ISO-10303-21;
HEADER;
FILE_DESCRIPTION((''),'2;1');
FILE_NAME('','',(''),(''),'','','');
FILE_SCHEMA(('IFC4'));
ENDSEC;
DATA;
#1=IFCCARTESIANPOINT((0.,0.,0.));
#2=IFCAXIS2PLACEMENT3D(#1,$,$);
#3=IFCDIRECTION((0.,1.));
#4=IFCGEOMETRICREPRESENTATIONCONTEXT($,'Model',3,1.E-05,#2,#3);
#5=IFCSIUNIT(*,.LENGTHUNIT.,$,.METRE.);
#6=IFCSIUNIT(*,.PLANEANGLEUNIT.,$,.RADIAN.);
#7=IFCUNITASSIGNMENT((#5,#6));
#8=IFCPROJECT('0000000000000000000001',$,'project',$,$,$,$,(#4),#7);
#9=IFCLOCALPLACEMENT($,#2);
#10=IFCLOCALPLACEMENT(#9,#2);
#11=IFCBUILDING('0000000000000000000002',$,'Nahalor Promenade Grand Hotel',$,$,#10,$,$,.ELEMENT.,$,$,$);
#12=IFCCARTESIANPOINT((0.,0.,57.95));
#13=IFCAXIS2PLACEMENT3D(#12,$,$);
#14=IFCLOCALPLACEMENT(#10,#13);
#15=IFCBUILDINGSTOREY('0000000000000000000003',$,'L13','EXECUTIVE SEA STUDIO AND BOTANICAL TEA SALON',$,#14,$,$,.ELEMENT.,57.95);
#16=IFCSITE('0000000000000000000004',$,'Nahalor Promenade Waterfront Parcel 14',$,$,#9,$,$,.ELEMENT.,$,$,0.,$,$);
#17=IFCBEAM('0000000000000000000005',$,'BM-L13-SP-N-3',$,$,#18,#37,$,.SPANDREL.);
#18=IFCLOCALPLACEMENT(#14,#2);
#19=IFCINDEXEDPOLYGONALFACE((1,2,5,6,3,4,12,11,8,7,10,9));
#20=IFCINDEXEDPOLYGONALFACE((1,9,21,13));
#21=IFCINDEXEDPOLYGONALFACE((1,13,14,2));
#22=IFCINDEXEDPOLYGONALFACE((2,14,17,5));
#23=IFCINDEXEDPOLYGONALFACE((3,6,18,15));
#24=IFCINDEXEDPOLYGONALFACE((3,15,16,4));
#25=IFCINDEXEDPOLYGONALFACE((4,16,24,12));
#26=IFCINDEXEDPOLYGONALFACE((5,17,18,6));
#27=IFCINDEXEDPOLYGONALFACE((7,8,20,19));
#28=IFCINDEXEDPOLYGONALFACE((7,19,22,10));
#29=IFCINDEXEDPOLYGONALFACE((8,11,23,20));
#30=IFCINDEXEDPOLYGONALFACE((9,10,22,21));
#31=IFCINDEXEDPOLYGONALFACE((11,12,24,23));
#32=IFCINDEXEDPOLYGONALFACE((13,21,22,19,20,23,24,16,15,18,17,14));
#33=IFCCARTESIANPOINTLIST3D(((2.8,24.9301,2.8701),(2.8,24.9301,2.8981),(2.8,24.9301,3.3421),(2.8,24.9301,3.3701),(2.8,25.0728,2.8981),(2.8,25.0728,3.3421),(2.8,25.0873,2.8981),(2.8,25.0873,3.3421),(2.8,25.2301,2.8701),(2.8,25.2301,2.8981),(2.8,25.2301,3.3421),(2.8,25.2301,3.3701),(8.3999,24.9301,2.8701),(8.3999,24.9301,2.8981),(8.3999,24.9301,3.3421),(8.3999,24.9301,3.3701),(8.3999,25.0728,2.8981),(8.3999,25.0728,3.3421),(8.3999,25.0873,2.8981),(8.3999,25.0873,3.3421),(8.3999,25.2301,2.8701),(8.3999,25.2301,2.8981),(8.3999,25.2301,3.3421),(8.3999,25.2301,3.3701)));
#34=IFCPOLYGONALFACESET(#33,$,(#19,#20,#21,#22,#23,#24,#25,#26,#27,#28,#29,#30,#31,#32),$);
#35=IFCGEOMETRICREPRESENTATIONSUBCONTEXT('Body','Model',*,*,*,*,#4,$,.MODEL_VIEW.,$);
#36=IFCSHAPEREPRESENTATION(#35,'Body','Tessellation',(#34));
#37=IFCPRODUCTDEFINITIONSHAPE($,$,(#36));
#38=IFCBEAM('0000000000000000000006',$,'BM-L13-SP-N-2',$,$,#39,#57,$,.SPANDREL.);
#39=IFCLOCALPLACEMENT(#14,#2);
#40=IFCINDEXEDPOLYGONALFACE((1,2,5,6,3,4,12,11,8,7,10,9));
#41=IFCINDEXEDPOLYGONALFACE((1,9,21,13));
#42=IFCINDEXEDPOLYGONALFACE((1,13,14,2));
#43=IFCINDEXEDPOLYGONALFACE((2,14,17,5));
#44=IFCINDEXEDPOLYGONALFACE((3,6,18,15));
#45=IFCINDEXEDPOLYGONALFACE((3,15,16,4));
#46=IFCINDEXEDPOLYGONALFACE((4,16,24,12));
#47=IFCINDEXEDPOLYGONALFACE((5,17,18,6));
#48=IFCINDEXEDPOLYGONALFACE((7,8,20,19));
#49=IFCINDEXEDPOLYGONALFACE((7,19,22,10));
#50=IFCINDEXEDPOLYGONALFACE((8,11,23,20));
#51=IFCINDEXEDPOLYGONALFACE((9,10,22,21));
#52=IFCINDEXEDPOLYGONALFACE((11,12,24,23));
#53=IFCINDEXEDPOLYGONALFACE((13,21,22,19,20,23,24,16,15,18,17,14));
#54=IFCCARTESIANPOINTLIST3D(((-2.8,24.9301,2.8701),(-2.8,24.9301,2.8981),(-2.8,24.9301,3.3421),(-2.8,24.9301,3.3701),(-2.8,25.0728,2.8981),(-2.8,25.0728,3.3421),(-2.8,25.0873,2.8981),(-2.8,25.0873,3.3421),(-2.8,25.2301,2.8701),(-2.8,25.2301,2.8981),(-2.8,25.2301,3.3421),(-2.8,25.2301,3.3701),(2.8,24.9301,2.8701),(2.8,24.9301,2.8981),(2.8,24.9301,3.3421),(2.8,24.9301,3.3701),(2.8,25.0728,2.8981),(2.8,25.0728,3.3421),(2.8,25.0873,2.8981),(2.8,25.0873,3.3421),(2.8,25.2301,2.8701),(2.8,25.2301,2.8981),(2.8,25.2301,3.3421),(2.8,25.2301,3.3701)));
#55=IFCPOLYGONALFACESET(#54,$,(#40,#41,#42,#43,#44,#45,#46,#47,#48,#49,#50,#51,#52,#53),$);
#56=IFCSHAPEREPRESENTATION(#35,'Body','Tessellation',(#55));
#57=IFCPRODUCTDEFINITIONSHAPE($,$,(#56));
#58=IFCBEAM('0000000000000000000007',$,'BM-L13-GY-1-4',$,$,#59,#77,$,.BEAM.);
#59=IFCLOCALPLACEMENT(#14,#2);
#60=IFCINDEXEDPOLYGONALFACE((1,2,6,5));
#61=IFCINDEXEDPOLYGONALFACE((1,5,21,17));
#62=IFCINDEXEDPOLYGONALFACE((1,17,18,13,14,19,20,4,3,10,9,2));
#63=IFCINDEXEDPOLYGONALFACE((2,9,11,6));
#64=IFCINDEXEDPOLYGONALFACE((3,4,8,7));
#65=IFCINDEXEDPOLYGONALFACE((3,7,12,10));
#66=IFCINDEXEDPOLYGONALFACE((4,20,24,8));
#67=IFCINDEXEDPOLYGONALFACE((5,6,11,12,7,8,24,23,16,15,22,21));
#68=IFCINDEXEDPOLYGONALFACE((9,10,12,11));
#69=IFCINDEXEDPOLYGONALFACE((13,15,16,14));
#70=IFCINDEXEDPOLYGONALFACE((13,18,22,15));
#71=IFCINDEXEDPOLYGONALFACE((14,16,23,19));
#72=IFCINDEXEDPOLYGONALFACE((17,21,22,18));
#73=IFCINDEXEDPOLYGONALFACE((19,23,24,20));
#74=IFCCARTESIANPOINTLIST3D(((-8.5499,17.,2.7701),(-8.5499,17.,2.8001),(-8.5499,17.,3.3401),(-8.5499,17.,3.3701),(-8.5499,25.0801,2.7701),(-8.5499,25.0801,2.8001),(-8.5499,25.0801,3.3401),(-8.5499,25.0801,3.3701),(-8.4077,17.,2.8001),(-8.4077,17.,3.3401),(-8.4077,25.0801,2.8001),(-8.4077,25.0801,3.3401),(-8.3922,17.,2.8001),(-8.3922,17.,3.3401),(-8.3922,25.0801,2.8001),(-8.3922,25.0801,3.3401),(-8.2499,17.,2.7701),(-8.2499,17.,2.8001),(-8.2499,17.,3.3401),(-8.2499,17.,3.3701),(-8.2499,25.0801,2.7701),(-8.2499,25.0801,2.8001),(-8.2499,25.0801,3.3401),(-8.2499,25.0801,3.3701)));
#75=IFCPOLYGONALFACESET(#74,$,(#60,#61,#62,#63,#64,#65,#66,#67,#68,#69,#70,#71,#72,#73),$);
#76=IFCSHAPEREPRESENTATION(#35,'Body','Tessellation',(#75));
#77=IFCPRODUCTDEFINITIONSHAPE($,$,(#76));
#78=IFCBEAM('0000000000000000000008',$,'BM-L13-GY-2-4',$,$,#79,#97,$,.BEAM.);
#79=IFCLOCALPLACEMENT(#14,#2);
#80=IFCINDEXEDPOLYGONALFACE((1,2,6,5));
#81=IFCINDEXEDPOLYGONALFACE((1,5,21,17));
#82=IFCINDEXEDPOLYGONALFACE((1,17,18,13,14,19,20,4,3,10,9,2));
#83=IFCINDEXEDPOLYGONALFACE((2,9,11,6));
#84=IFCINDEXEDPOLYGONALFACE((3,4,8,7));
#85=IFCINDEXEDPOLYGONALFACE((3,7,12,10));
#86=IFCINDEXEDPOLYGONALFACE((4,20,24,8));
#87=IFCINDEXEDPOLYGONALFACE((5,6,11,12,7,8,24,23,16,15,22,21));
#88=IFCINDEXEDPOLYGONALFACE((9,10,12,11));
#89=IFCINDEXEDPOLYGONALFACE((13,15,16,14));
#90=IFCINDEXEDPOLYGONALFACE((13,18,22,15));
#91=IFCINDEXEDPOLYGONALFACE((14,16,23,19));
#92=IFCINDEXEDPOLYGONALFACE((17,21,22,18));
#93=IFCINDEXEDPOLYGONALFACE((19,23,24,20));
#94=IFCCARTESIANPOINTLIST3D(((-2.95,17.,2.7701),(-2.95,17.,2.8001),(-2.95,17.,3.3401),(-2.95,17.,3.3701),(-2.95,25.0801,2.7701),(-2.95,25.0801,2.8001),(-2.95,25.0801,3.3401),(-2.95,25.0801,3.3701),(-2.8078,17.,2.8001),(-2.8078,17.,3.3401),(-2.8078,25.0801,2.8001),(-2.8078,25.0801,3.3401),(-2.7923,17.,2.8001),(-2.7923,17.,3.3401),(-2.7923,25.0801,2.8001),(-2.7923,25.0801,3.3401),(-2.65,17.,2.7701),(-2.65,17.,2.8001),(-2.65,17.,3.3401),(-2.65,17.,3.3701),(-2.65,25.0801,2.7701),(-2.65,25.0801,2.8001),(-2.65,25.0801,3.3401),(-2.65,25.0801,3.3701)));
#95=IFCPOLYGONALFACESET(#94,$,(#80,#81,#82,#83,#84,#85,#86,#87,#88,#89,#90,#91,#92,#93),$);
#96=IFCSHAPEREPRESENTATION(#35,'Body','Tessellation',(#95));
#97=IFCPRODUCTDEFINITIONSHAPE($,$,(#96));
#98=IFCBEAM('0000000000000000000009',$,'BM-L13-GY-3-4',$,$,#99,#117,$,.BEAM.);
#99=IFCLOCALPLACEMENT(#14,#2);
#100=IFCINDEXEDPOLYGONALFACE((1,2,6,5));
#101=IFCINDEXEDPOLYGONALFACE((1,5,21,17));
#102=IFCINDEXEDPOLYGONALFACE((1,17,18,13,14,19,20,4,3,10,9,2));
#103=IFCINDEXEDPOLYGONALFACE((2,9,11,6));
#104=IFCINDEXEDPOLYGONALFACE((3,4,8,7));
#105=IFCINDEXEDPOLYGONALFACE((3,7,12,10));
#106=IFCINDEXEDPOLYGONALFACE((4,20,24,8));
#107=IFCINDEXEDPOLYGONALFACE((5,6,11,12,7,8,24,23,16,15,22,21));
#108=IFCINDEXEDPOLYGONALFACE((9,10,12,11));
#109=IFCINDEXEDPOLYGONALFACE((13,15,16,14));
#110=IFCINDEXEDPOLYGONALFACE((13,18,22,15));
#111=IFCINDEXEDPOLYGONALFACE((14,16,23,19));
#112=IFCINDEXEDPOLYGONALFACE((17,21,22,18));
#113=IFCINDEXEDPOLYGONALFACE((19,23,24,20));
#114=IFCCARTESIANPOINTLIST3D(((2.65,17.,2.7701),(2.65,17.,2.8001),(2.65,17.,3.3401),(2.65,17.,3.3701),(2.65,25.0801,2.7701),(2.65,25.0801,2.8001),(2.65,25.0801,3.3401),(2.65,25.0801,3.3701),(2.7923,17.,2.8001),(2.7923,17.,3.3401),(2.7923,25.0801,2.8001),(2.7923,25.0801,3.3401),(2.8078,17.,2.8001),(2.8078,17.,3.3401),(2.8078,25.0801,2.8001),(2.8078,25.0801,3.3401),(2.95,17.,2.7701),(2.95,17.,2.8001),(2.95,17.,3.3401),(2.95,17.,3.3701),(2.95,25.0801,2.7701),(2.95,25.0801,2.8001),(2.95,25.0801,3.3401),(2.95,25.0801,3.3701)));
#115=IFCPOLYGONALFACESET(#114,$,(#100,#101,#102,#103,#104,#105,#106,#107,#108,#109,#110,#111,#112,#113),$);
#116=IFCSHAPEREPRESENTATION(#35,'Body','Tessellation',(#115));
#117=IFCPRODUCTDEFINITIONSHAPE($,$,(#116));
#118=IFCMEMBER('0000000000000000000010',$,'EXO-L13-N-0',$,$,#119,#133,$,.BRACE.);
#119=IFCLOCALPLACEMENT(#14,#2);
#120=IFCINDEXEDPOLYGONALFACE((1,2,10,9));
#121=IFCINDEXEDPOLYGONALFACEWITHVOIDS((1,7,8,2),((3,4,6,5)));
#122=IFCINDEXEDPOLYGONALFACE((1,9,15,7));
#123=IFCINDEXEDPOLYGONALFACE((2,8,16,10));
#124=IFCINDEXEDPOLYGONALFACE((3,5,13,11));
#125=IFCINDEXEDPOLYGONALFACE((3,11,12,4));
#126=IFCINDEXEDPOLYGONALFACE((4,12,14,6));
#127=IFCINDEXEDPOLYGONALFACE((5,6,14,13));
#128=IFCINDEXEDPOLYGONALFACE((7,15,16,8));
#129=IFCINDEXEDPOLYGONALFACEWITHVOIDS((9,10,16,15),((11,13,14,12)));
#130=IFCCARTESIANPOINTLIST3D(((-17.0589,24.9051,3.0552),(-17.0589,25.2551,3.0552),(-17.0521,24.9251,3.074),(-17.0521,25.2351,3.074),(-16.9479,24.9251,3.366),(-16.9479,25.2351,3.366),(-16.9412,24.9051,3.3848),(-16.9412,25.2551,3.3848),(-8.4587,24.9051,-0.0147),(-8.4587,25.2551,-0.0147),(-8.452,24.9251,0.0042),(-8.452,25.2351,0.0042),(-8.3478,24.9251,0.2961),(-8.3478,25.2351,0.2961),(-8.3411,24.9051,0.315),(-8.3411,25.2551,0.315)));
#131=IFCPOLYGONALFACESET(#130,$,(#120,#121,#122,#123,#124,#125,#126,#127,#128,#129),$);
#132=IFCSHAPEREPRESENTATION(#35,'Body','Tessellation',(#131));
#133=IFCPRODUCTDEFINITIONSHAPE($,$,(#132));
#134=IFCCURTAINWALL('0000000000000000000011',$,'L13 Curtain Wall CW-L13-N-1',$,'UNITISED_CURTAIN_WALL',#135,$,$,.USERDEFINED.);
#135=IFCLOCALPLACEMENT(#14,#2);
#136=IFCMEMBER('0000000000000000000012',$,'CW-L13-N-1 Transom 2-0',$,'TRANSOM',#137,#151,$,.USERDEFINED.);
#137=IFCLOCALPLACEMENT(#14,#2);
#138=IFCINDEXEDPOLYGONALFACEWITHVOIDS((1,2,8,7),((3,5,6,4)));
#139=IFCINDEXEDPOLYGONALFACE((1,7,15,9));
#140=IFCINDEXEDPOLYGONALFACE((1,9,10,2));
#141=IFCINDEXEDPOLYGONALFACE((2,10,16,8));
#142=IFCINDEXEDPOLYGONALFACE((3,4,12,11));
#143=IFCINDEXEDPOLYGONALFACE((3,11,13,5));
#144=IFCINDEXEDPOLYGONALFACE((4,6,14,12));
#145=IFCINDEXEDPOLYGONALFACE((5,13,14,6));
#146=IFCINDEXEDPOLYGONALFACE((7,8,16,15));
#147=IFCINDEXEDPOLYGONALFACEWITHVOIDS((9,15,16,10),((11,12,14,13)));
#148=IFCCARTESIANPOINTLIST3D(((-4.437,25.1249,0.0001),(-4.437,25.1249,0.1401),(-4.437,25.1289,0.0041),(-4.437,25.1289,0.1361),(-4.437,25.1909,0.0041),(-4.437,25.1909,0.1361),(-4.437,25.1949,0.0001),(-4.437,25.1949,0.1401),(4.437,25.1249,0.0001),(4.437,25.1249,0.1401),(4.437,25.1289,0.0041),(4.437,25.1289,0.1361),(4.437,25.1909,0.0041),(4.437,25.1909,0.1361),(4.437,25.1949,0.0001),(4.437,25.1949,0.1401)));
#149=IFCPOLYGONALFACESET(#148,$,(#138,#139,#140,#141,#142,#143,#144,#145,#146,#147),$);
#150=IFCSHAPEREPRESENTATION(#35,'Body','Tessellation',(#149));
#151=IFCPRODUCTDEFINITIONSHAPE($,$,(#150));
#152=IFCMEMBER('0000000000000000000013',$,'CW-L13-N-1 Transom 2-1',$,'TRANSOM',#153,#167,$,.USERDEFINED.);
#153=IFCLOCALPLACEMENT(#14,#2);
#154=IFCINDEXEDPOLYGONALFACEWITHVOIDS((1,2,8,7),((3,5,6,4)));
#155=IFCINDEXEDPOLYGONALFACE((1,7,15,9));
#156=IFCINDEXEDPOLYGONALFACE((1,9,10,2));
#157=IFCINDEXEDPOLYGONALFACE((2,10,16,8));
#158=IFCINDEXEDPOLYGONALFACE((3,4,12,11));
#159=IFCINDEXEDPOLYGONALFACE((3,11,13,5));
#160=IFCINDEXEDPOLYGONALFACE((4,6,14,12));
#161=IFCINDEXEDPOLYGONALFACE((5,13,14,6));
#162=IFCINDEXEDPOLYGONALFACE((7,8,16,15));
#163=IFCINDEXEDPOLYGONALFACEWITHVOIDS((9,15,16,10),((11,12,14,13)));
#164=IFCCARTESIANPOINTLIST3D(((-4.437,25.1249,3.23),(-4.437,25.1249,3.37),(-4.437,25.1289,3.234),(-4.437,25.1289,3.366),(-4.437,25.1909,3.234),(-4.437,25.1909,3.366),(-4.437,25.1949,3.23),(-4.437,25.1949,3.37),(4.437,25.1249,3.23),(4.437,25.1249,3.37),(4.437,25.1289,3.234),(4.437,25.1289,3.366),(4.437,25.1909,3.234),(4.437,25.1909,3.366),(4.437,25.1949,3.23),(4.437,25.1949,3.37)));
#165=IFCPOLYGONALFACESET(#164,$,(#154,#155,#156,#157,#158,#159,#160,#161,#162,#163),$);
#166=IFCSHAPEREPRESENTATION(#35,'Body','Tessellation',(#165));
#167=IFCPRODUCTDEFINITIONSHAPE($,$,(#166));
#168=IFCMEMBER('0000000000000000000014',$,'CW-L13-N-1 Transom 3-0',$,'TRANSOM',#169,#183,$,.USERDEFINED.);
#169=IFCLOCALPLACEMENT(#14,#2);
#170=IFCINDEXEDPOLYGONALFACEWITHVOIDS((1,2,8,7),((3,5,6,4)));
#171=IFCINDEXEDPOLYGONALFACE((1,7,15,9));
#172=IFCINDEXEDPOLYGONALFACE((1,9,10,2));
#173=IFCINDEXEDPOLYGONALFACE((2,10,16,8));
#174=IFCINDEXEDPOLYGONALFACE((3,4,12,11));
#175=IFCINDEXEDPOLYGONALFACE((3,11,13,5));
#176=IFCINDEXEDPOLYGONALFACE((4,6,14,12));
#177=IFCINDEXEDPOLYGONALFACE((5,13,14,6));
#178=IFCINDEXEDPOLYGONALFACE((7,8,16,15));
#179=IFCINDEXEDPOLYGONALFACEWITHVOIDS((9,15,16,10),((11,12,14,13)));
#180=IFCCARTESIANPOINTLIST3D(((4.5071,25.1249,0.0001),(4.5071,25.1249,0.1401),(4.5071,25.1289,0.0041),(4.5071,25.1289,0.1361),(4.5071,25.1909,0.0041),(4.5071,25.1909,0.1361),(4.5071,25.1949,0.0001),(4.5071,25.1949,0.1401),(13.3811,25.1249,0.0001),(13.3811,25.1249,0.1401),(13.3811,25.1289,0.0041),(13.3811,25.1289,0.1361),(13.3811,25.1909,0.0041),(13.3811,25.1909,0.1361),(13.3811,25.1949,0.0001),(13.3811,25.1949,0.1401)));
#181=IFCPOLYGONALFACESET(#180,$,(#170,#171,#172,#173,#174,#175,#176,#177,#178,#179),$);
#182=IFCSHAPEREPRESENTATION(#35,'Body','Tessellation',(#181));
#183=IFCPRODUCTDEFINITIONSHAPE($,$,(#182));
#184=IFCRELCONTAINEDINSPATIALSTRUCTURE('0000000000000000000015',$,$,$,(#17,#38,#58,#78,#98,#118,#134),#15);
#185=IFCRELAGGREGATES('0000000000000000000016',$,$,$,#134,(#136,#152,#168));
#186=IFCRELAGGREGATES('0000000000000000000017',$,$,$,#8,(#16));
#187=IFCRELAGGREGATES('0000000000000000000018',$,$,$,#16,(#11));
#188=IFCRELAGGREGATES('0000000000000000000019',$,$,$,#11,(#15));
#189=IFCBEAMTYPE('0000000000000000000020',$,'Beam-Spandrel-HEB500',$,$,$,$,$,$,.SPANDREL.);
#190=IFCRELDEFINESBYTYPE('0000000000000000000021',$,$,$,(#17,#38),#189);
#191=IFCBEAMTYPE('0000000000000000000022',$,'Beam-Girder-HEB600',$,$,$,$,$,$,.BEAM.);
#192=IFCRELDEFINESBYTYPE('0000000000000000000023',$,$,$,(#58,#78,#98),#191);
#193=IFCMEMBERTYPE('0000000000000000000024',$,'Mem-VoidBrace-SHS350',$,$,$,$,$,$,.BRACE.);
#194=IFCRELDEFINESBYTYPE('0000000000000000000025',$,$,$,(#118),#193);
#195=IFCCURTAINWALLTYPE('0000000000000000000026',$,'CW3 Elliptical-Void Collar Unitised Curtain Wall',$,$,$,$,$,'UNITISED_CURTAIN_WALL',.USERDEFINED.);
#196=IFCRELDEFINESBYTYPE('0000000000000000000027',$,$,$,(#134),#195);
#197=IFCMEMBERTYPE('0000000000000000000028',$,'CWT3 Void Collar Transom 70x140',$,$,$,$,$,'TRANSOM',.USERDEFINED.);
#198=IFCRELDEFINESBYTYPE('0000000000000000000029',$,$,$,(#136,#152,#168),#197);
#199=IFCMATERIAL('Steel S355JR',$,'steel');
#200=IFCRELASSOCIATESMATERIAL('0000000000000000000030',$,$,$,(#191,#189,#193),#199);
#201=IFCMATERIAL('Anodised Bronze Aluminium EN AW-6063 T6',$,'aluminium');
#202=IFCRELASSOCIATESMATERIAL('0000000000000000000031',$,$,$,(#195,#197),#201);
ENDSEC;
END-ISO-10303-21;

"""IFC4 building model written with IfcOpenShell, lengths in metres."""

from ifc_helpers import new_model, si_unit, direction, frame, origin, origin_2d, place, context, subcontext, project, spatial, hollow_rectangle, i_section, extrude, source, transform, mapped, material, material_profile, profile_set, type_object, element, aggregate, save


model = new_model("IFC4")

# Units and contexts
model_context = context("Model", 3, precision=1e-05, world=origin(), true_north=direction((0.0, 1.0)))
body_context = subcontext(model_context, "Body", "Model", "MODEL_VIEW")
ifc_project = project(units=[si_unit("LENGTHUNIT", "METRE"), si_unit("PLANEANGLEUNIT", "RADIAN")], contexts=[model_context])

# Site, building, storey
site_placement = place(None, origin())
site = spatial("IfcSite", under=ifc_project, at=site_placement, Name="Nahalor Promenade Waterfront Parcel 14", CompositionType="ELEMENT", RefElevation=0.0)
building_placement = place(site_placement, origin())
building = spatial("IfcBuilding", under=site, at=building_placement, Name="Nahalor Promenade Grand Hotel", CompositionType="ELEMENT")
storey_placement = place(building_placement, frame((0.0, 0.0, 57.95)))
storey = spatial("IfcBuildingStorey", under=building, at=storey_placement, Name="L13", Description="EXECUTIVE SEA STUDIO AND BOTANICAL TEA SALON", CompositionType="ELEMENT", Elevation=57.95)

# Beams
ifc_material_1 = material(Name="Steel S355JR", Category="steel")
ifc_material_profile_1 = material_profile(ifc_material_1, i_section(OverallWidth=0.3, OverallDepth=0.6, WebThickness=0.0155, FlangeThickness=0.03, at=origin_2d()), Name="HEB 600")
ifc_profile_set_1 = profile_set([ifc_material_profile_1], Name="Steel S355JR")
beam_type_1 = type_object("IfcBeamType", Name="Beam-Girder-HEB600", PredefinedType="BEAM", material=ifc_profile_set_1)
ifc_material_profile_2 = material_profile(ifc_material_1, i_section(OverallWidth=0.3, OverallDepth=0.5, WebThickness=0.0145, FlangeThickness=0.028, at=origin_2d()), Name="HEB 500")
ifc_profile_set_2 = profile_set([ifc_material_profile_2], Name="Steel S355JR")
beam_type_2 = type_object("IfcBeamType", Name="Beam-Spandrel-HEB500", PredefinedType="SPANDREL", material=ifc_profile_set_2)
shared_shape_1 = source(origin(), body_context, "Body", "SweptSolid", [
    extrude(i_section(OverallWidth=0.3, OverallDepth=0.5, WebThickness=0.0145, FlangeThickness=0.028, at=origin_2d()), origin(), (0.0, 0.0, 1.0), 5.5999),
])
for number, where, z_axis, x_axis, name in (
    (1, (2.8, 25.0801, 3.1201), (1.0, 0.0, 0.0), (0.0, 1.0, 0.0), "BM-L13-SP-N-3"),
):
    element("IfcBeam", number, at=place(storey_placement, frame(where, z_axis=z_axis, x_axis=x_axis)), inside=storey, type_object=beam_type_2, Name=name, PredefinedType="SPANDREL", context=body_context, shape_type="MappedRepresentation", body=[
        mapped(shared_shape_1, transform((0.0, 0.0, 0.0), scale=1.0)),
    ])
shared_shape_2 = source(origin(), body_context, "Body", "SweptSolid", [
    extrude(i_section(OverallWidth=0.3, OverallDepth=0.5, WebThickness=0.0145, FlangeThickness=0.028, at=origin_2d()), origin(), (0.0, 0.0, 1.0), 5.6001),
])
beam_1_placement = place(storey_placement, frame((-2.8, 25.0801, 3.1201), z_axis=(1.0, 0.0, 0.0), x_axis=(0.0, 1.0, 0.0)))
element("IfcBeam", 2, at=beam_1_placement, inside=storey, type_object=beam_type_2, Name="BM-L13-SP-N-2", PredefinedType="SPANDREL", context=body_context, shape_type="MappedRepresentation", body=[
    mapped(shared_shape_2, transform((0.0, 0.0, 0.0), scale=1.0)),
])
shared_shape_3 = source(origin(), body_context, "Body", "SweptSolid", [
    extrude(i_section(OverallWidth=0.3, OverallDepth=0.6, WebThickness=0.0155, FlangeThickness=0.03, at=origin_2d()), origin(), (0.0, 0.0, 1.0), 8.0801),
])
for number, where, z_axis, x_axis, name in (
    (3, (-8.3999, 17.0, 3.0701), (0.0, 1.0, 0.0), (-1.0, 0.0, 0.0), "BM-L13-GY-1-4"),
    (4, (-2.8, 17.0, 3.0701), (0.0, 1.0, 0.0), (-1.0, 0.0, 0.0), "BM-L13-GY-2-4"),
    (5, (2.8, 17.0, 3.0701), (0.0, 1.0, 0.0), (-1.0, 0.0, 0.0), "BM-L13-GY-3-4"),
):
    element("IfcBeam", number, at=place(storey_placement, frame(where, z_axis=z_axis, x_axis=x_axis)), inside=storey, type_object=beam_type_1, Name=name, PredefinedType="BEAM", context=body_context, shape_type="MappedRepresentation", body=[
        mapped(shared_shape_3, transform((0.0, 0.0, 0.0), scale=1.0)),
    ])

# Member
ifc_material_profile_3 = material_profile(ifc_material_1, hollow_rectangle(XDim=0.35, YDim=0.35, WallThickness=0.02, at=origin_2d()), Name="SHS 350x350x20")
ifc_profile_set_3 = profile_set([ifc_material_profile_3], Name="Steel S355JR")
member_type_1 = type_object("IfcMemberType", Name="Mem-VoidBrace-SHS350", PredefinedType="BRACE", material=ifc_profile_set_3)
shared_shape_4 = source(origin(), body_context, "Body", "SweptSolid", [
    extrude(hollow_rectangle(XDim=0.35, YDim=0.35, WallThickness=0.02, at=origin_2d()), origin(), (0.0, 0.0, 1.0), 9.1316),
])
member_1_placement = place(storey_placement, frame((-8.3999, 25.0801, 0.1501), z_axis=(-0.941799, 0.0, 0.336177), x_axis=(0.0, -1.0, 0.0)))
element("IfcMember", 6, at=member_1_placement, inside=storey, type_object=member_type_1, Name="EXO-L13-N-0", PredefinedType="BRACE", context=body_context, shape_type="MappedRepresentation", body=[
    mapped(shared_shape_4, transform((0.0, 0.0, 0.0), scale=1.0)),
])

# Curtain wall, members
ifc_material_2 = material(Name="Anodised Bronze Aluminium EN AW-6063 T6", Category="aluminium")
curtain_wall_type = type_object("IfcCurtainWallType", Name="CW3 Elliptical-Void Collar Unitised Curtain Wall", ElementType="UNITISED_CURTAIN_WALL", PredefinedType="USERDEFINED", material=ifc_material_2)
curtain_wall_placement = place(storey_placement, origin())
curtain_wall = element("IfcCurtainWall", 7, at=curtain_wall_placement, inside=storey, type_object=curtain_wall_type, Name="L13 Curtain Wall CW-L13-N-1", ObjectType="UNITISED_CURTAIN_WALL", PredefinedType="USERDEFINED")
ifc_material_profile_4 = material_profile(ifc_material_2, hollow_rectangle(XDim=0.07, YDim=0.14, WallThickness=0.004, at=origin_2d()), Name="CWT 70x140x4")
ifc_profile_set_4 = profile_set([ifc_material_profile_4], Name="Anodised Bronze Aluminium EN AW-6063 T6")
member_type_2 = type_object("IfcMemberType", Name="CWT3 Void Collar Transom 70x140", ElementType="TRANSOM", PredefinedType="USERDEFINED", material=ifc_profile_set_4)
shared_shape_5 = source(origin(), body_context, "Body", "SweptSolid", [
    extrude(hollow_rectangle(XDim=0.07, YDim=0.14, WallThickness=0.004, at=origin_2d()), origin(), (0.0, 0.0, 1.0), 8.874),
])
member_2_placement = place(storey_placement, frame((-4.437, 25.1599, 0.0701), z_axis=(1.0, 0.0, 0.0), x_axis=(0.0, 1.0, 0.0)))
member_2 = element("IfcMember", 8, at=member_2_placement, type_object=member_type_2, Name="CW-L13-N-1 Transom 2-0", ObjectType="TRANSOM", PredefinedType="USERDEFINED", context=body_context, shape_type="MappedRepresentation", body=[
    mapped(shared_shape_5, transform((0.0, 0.0, 0.0), scale=1.0)),
])
member_3_placement = place(storey_placement, frame((-4.437, 25.1599, 3.3), z_axis=(1.0, 0.0, 0.0), x_axis=(0.0, 1.0, 0.0)))
member_3 = element("IfcMember", 9, at=member_3_placement, type_object=member_type_2, Name="CW-L13-N-1 Transom 2-1", ObjectType="TRANSOM", PredefinedType="USERDEFINED", context=body_context, shape_type="MappedRepresentation", body=[
    mapped(shared_shape_5, transform((0.0, 0.0, 0.0), scale=1.0)),
])
member_4_placement = place(storey_placement, frame((4.5071, 25.1599, 0.0701), z_axis=(1.0, 0.0, 0.0), x_axis=(0.0, 1.0, 0.0)))
member_4 = element("IfcMember", 10, at=member_4_placement, type_object=member_type_2, Name="CW-L13-N-1 Transom 3-0", ObjectType="TRANSOM", PredefinedType="USERDEFINED", context=body_context, shape_type="MappedRepresentation", body=[
    mapped(shared_shape_5, transform((0.0, 0.0, 0.0), scale=1.0)),
])
aggregate(curtain_wall, [member_2, member_3, member_4])

save(model, "model.ifc")
